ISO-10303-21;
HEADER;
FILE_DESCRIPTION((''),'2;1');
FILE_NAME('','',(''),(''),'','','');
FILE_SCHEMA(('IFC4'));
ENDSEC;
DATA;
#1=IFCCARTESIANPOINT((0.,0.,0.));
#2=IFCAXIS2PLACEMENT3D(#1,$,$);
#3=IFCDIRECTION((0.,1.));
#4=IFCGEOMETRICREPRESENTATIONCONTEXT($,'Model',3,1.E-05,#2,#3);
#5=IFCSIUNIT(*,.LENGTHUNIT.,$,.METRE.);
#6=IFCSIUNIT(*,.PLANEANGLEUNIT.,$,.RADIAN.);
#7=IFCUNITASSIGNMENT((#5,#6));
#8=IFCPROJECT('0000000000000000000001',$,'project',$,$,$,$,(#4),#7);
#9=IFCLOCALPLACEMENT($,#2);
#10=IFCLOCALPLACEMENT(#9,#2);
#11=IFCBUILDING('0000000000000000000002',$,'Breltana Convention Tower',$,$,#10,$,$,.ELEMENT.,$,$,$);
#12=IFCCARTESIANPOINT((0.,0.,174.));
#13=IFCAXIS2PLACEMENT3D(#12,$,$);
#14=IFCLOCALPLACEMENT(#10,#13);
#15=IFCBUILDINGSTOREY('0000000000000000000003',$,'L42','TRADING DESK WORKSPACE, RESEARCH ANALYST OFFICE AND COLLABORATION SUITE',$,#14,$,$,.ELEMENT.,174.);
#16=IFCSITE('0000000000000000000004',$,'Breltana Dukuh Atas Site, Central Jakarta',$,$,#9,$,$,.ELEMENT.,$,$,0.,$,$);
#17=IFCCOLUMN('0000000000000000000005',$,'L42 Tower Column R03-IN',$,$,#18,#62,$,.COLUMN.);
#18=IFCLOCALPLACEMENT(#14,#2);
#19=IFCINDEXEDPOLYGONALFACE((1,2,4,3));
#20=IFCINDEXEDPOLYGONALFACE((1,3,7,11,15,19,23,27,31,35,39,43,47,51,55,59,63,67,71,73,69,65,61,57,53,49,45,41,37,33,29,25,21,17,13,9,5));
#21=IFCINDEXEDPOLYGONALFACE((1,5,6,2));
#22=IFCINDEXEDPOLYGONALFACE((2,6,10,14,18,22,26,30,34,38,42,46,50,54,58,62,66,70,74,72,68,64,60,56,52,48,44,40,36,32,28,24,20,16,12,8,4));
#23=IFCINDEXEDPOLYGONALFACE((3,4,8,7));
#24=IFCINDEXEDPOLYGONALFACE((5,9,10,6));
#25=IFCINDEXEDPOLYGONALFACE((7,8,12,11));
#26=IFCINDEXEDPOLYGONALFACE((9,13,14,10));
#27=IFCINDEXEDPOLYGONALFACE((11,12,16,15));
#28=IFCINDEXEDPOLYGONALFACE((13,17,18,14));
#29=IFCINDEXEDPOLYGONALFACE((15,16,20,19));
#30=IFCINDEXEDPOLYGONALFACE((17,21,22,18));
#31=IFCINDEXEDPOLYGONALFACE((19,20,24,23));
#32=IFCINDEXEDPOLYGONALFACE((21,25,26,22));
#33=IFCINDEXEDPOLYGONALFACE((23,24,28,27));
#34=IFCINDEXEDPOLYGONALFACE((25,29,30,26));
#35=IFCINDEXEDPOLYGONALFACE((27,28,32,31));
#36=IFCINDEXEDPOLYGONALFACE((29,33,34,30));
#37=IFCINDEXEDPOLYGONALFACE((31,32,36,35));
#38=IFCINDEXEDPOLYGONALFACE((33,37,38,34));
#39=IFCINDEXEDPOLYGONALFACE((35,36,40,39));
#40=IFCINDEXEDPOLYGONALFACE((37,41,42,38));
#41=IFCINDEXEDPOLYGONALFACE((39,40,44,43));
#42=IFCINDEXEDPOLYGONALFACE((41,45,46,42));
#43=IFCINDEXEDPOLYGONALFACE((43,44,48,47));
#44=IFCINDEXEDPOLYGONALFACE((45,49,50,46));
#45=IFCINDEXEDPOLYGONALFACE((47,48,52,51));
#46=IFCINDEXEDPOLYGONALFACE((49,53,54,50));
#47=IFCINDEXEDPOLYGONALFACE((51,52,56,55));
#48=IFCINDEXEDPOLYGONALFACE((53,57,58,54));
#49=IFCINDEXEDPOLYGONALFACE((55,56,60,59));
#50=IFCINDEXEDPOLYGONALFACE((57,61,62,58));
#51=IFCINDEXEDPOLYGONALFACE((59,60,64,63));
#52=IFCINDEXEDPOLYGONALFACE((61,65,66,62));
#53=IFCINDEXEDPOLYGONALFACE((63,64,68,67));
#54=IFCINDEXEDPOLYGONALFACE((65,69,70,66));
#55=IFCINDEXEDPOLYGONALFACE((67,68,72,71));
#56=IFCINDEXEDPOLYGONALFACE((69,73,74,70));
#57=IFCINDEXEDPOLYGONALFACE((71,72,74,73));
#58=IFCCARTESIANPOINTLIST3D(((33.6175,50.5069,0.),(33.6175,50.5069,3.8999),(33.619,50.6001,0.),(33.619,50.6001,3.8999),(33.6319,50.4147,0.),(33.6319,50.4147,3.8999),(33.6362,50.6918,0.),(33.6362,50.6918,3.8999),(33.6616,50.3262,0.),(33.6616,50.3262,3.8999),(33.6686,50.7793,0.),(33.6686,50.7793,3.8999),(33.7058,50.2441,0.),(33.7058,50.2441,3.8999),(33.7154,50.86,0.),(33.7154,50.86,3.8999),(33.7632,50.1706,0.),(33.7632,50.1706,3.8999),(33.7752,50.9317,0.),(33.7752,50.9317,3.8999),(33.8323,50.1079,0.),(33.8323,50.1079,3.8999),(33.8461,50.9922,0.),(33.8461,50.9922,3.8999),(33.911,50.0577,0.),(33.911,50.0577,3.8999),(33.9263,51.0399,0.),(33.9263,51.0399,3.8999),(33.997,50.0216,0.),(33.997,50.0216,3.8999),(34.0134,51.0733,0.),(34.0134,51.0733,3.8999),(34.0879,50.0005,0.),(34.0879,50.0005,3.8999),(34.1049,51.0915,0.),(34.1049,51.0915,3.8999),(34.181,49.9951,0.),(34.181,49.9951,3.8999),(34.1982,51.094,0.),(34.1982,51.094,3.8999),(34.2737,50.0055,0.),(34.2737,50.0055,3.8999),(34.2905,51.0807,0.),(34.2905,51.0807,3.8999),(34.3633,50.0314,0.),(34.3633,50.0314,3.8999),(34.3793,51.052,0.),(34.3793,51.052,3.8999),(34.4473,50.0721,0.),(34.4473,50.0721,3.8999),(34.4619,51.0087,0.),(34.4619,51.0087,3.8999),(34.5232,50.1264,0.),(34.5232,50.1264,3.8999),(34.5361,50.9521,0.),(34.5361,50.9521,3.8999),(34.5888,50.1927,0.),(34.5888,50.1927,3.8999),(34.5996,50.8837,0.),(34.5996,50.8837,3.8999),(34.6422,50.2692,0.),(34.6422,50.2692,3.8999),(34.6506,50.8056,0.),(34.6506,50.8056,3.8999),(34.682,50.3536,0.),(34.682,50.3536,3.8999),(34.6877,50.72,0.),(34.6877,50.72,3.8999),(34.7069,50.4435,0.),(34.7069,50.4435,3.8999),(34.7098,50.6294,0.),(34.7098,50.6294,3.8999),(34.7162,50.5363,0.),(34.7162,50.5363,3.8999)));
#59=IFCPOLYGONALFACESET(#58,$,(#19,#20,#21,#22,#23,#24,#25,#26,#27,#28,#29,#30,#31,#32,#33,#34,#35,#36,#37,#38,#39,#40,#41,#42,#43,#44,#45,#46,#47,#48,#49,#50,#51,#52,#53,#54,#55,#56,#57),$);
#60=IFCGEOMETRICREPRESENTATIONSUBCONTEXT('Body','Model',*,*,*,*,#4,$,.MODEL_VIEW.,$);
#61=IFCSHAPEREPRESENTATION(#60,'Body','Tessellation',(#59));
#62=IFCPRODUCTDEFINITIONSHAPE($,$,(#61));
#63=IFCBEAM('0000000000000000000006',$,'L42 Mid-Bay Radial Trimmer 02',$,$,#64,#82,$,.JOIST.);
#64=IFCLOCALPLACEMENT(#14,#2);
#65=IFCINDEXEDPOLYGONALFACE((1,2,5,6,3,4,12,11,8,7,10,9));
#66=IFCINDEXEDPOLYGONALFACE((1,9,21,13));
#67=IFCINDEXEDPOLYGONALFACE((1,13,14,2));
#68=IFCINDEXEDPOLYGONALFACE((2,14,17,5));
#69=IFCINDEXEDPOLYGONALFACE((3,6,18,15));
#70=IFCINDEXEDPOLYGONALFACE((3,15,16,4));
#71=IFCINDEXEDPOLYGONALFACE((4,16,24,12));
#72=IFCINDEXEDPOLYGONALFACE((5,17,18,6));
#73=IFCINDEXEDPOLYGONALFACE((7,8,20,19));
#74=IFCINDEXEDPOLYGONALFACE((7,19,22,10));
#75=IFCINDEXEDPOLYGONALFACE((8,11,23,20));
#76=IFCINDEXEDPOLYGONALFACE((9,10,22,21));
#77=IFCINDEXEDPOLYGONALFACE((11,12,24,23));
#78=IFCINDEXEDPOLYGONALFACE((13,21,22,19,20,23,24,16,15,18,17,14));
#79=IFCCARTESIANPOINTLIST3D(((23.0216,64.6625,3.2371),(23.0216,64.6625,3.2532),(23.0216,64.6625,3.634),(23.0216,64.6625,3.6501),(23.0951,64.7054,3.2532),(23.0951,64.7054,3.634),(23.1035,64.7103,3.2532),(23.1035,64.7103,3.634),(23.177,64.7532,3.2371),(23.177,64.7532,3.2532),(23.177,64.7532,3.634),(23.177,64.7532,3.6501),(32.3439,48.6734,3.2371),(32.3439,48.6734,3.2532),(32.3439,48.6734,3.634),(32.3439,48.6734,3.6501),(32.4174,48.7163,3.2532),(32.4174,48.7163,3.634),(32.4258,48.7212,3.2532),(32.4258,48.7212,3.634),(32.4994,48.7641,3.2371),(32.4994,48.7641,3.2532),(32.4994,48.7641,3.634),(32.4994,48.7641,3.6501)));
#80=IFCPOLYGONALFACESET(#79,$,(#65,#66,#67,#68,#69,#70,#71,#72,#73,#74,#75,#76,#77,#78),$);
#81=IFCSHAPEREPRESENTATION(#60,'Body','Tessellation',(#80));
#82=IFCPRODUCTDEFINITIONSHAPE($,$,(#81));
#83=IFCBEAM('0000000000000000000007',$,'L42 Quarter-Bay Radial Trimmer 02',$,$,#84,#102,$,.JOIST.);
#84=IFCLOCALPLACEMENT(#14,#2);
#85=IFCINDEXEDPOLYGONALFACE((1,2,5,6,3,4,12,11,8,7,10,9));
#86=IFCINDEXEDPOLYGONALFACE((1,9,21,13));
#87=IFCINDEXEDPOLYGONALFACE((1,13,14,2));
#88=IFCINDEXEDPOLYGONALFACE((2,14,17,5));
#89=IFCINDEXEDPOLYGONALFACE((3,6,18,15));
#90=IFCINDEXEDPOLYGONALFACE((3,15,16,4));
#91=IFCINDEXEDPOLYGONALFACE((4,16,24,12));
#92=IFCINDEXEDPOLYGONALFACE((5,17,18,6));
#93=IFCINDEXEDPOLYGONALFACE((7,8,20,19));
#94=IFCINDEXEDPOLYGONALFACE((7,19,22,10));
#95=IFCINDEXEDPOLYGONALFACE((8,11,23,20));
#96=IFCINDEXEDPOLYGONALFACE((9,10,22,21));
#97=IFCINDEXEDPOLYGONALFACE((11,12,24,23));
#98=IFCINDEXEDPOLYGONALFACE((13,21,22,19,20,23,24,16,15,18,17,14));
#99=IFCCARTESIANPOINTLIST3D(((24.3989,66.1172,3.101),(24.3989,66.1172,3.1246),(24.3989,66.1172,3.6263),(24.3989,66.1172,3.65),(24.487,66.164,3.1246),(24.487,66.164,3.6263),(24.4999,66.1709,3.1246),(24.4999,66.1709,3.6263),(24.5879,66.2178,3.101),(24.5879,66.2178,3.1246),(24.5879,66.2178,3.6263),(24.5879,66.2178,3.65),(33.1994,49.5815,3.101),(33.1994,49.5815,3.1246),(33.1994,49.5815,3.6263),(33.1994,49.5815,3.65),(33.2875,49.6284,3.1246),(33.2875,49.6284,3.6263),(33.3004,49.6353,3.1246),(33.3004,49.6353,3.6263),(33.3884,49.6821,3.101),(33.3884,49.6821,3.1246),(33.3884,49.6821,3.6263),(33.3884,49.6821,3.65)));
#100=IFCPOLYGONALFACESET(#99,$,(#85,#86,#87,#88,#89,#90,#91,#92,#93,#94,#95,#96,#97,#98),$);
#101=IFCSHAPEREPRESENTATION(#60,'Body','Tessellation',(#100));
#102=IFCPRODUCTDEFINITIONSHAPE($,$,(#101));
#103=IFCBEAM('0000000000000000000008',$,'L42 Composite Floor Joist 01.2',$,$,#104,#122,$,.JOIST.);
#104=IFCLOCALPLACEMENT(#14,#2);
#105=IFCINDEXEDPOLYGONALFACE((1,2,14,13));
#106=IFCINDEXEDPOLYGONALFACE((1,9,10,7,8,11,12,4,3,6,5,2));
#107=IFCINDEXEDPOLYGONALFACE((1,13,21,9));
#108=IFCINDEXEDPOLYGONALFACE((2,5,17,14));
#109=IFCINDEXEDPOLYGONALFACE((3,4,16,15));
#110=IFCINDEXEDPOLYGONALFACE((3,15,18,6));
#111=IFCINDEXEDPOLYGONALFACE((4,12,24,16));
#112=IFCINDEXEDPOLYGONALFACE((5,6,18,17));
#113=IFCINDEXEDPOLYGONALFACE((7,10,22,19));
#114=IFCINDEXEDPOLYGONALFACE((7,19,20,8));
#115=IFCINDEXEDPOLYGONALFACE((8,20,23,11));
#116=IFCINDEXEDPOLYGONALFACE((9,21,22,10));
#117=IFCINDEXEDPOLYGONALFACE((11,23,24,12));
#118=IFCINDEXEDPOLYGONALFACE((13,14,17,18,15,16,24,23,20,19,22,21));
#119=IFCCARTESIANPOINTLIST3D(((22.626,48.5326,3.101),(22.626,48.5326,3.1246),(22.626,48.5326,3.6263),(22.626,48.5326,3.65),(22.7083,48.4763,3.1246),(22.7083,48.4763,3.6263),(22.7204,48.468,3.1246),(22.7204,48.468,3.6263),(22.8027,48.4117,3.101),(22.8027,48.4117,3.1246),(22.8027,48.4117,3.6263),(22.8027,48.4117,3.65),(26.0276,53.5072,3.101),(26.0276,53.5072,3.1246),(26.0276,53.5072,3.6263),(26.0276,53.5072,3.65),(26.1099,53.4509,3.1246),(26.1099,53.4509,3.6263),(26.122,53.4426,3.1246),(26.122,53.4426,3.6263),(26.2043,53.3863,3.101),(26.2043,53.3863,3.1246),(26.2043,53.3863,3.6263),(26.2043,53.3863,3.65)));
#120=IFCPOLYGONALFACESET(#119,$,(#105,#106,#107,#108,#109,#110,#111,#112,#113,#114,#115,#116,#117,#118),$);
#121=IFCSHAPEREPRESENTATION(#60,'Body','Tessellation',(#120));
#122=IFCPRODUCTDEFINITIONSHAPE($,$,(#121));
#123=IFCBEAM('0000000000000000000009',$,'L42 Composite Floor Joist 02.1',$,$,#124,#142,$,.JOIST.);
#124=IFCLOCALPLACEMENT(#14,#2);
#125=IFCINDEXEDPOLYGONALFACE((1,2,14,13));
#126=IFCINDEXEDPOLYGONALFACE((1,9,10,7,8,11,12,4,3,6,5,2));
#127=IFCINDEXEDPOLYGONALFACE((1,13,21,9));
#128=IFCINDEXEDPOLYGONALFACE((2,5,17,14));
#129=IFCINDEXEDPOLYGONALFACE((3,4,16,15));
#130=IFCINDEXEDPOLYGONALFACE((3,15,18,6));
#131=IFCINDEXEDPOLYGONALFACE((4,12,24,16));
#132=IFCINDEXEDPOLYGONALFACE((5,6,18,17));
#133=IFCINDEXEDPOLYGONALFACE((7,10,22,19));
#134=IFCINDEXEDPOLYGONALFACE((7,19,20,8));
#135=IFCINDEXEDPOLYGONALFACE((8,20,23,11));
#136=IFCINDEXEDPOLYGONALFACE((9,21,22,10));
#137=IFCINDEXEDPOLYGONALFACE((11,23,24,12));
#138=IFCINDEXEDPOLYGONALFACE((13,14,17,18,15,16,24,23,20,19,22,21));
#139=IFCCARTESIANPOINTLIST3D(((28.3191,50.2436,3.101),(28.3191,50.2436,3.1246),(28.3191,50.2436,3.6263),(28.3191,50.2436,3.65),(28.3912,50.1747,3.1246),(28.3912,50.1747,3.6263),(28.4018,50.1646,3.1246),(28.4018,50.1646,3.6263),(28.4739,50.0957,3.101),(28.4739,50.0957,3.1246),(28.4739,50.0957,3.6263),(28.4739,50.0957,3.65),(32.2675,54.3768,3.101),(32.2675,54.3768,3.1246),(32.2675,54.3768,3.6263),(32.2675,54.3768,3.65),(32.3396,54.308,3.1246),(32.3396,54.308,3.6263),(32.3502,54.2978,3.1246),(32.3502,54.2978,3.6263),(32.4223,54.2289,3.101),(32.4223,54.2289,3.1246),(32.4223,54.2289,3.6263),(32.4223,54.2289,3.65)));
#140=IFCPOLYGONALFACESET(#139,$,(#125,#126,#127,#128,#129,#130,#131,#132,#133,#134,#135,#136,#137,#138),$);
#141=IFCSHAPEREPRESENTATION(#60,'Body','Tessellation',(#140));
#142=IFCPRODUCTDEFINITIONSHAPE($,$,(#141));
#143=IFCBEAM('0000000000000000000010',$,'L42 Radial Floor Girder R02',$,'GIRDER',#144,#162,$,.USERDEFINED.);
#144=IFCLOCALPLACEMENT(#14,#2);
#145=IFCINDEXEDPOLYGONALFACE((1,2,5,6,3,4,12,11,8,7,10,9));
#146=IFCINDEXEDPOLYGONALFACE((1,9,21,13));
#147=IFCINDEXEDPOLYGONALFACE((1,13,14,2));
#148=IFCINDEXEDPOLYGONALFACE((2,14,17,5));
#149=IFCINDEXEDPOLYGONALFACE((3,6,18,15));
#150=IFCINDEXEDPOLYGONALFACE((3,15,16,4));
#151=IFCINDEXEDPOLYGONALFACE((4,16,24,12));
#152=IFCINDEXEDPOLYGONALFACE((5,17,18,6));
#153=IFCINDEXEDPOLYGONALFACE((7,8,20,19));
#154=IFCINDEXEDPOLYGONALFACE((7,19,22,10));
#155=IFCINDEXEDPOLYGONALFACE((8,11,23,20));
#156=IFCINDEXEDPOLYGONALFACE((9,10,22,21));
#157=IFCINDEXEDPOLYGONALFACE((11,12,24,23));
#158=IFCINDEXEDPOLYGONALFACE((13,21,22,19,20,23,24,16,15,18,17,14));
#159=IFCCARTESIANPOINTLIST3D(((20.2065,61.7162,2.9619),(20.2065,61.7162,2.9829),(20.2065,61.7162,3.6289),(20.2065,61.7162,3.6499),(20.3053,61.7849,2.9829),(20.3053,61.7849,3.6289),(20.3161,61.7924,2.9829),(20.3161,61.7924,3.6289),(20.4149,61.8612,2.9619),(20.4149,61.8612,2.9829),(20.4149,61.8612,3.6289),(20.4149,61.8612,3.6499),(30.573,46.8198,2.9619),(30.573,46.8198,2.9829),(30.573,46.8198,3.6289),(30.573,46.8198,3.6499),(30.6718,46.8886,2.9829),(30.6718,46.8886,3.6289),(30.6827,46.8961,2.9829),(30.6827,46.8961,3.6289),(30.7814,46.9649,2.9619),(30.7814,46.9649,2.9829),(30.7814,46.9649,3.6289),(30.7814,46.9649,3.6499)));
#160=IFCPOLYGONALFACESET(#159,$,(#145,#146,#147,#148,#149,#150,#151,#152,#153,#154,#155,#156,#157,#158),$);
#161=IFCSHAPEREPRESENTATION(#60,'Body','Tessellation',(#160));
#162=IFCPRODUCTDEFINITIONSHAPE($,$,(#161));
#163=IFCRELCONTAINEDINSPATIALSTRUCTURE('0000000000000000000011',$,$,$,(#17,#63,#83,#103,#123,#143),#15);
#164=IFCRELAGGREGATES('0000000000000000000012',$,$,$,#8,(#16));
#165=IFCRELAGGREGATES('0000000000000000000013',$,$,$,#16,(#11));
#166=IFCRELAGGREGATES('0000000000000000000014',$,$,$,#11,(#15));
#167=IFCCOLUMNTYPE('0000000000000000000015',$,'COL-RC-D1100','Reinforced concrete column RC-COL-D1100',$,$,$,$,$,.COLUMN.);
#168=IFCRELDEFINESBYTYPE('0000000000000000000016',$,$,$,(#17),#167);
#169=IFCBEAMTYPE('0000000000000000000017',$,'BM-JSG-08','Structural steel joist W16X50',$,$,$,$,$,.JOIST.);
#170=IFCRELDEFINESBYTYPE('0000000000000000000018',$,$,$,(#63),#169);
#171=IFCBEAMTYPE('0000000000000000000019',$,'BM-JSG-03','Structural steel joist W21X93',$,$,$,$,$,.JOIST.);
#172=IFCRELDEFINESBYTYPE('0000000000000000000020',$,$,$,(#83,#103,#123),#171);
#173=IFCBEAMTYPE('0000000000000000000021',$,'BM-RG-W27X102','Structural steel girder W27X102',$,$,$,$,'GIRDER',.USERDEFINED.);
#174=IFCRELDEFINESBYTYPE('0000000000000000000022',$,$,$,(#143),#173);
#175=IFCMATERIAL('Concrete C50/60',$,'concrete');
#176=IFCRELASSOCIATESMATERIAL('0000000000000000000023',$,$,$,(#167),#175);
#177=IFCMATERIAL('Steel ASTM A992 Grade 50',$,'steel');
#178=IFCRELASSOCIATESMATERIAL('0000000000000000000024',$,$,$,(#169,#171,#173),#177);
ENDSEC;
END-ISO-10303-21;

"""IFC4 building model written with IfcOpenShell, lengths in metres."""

from ifc_helpers import new_model, si_unit, direction, frame, origin, origin_2d, place, context, subcontext, project, spatial, circle, i_section, extrude, source, transform, mapped, material, material_profile, profile_set, type_object, element, save


model = new_model("IFC4")

# Units and contexts
model_context = context("Model", 3, precision=1e-05, world=origin(), true_north=direction((0.0, 1.0)))
body_context = subcontext(model_context, "Body", "Model", "MODEL_VIEW")
ifc_project = project(units=[si_unit("LENGTHUNIT", "METRE"), si_unit("PLANEANGLEUNIT", "RADIAN")], contexts=[model_context])

# Site, building, storey
site_placement = place(None, origin())
site = spatial("IfcSite", under=ifc_project, at=site_placement, Name="Breltana Dukuh Atas Site, Central Jakarta", CompositionType="ELEMENT", RefElevation=0.0)
building_placement = place(site_placement, origin())
building = spatial("IfcBuilding", under=site, at=building_placement, Name="Breltana Convention Tower", CompositionType="ELEMENT")
storey_placement = place(building_placement, frame((0.0, 0.0, 174.0)))
storey = spatial("IfcBuildingStorey", under=building, at=storey_placement, Name="L42", Description="TRADING DESK WORKSPACE, RESEARCH ANALYST OFFICE AND COLLABORATION SUITE", CompositionType="ELEMENT", Elevation=174.0)

# Column
ifc_material_1 = material(Name="Concrete C50/60", Category="concrete")
ifc_material_profile_1 = material_profile(ifc_material_1, circle(Radius=0.55, at=origin_2d()), Name="RC-COL-D1100")
ifc_profile_set_1 = profile_set([ifc_material_profile_1], Name="Concrete C50/60")
column_type = type_object("IfcColumnType", Name="COL-RC-D1100", Description="Reinforced concrete column RC-COL-D1100", PredefinedType="COLUMN", material=ifc_profile_set_1)
shared_shape_1 = source(origin(), body_context, "Body", "SweptSolid", [
    extrude(circle(Radius=0.55, at=origin_2d()), origin(), (0.0, 0.0, 1.0), 3.8999),
])
for number, where, z_axis, x_axis, name in (
    (1, (34.1663, 50.5449, 0.0), (0.0, 0.0, 1.0), (-0.436174, 0.899863, 0.0), "L42 Tower Column R03-IN"),
):
    element("IfcColumn", number, at=place(storey_placement, frame(where, z_axis=z_axis, x_axis=x_axis)), inside=storey, type_object=column_type, Name=name, PredefinedType="COLUMN", context=body_context, shape_type="MappedRepresentation", body=[
        mapped(shared_shape_1, transform((0.0, 0.0, 0.0), scale=1.0)),
    ])

# Beams
ifc_material_2 = material(Name="Steel ASTM A992 Grade 50", Category="steel")
ifc_material_profile_2 = material_profile(ifc_material_2, i_section(OverallWidth=0.1799, OverallDepth=0.4131, WebThickness=0.0098, FlangeThickness=0.0161, at=origin_2d()), Name="W16X50")
ifc_profile_set_2 = profile_set([ifc_material_profile_2], Name="Steel ASTM A992 Grade 50")
beam_type_1 = type_object("IfcBeamType", Name="BM-JSG-08", Description="Structural steel joist W16X50", PredefinedType="JOIST", material=ifc_profile_set_2)
shared_shape_2 = source(origin(), body_context, "Body", "SweptSolid", [
    extrude(i_section(OverallWidth=0.1799, OverallDepth=0.4131, WebThickness=0.0098, FlangeThickness=0.0161, at=origin_2d()), origin(), (0.0, 0.0, 1.0), 18.5083),
])
beam_1_placement = place(storey_placement, frame((32.4216, 48.7188, 3.4436), z_axis=(-0.503683, 0.863888, 0.0), x_axis=(-0.863888, -0.503683, 0.0)))
element("IfcBeam", 2, at=beam_1_placement, inside=storey, type_object=beam_type_1, Name="L42 Mid-Bay Radial Trimmer 02", PredefinedType="JOIST", context=body_context, shape_type="MappedRepresentation", body=[
    mapped(shared_shape_2, transform((0.0, 0.0, 0.0), scale=1.0)),
])
ifc_material_profile_3 = material_profile(ifc_material_2, i_section(OverallWidth=0.2141, OverallDepth=0.5491, WebThickness=0.0146, FlangeThickness=0.0237, at=origin_2d()), Name="W21X93")
ifc_profile_set_3 = profile_set([ifc_material_profile_3], Name="Steel ASTM A992 Grade 50")
beam_type_2 = type_object("IfcBeamType", Name="BM-JSG-03", Description="Structural steel joist W21X93", PredefinedType="JOIST", material=ifc_profile_set_3)
shared_shape_3 = source(origin(), body_context, "Body", "SweptSolid", [
    extrude(i_section(OverallWidth=0.2141, OverallDepth=0.5491, WebThickness=0.0146, FlangeThickness=0.0237, at=origin_2d()), origin(), (0.0, 0.0, 1.0), 18.7317),
])
beam_2_placement = place(storey_placement, frame((33.2939, 49.6318, 3.3755), z_axis=(-0.46982, 0.882762, 0.0), x_axis=(-0.882762, -0.46982, 0.0)))
element("IfcBeam", 3, at=beam_2_placement, inside=storey, type_object=beam_type_2, Name="L42 Quarter-Bay Radial Trimmer 02", PredefinedType="JOIST", context=body_context, shape_type="MappedRepresentation", body=[
    mapped(shared_shape_3, transform((0.0, 0.0, 0.0), scale=1.0)),
])
shared_shape_4 = source(origin(), body_context, "Body", "SweptSolid", [
    extrude(i_section(OverallWidth=0.2141, OverallDepth=0.5491, WebThickness=0.0146, FlangeThickness=0.0237, at=origin_2d()), origin(), (0.0, 0.0, 1.0), 6.0264),
])
beam_3_placement = place(storey_placement, frame((22.7144, 48.4722, 3.3755), z_axis=(0.56445, 0.825467, 0.0), x_axis=(-0.825467, 0.56445, 0.0)))
element("IfcBeam", 4, at=beam_3_placement, inside=storey, type_object=beam_type_2, Name="L42 Composite Floor Joist 01.2", PredefinedType="JOIST", context=body_context, shape_type="MappedRepresentation", body=[
    mapped(shared_shape_4, transform((0.0, 0.0, 0.0), scale=1.0)),
])
shared_shape_5 = source(origin(), body_context, "Body", "SweptSolid", [
    extrude(i_section(OverallWidth=0.2141, OverallDepth=0.5491, WebThickness=0.0146, FlangeThickness=0.0237, at=origin_2d()), origin(), (0.0, 0.0, 1.0), 5.7161),
])
beam_4_placement = place(storey_placement, frame((28.3965, 50.1697, 3.3755), z_axis=(0.690756, 0.723088, 0.0), x_axis=(-0.723088, 0.690756, 0.0)))
element("IfcBeam", 5, at=beam_4_placement, inside=storey, type_object=beam_type_2, Name="L42 Composite Floor Joist 02.1", PredefinedType="JOIST", context=body_context, shape_type="MappedRepresentation", body=[
    mapped(shared_shape_5, transform((0.0, 0.0, 0.0), scale=1.0)),
])
ifc_material_profile_4 = material_profile(ifc_material_2, i_section(OverallWidth=0.2539, OverallDepth=0.688, WebThickness=0.0132, FlangeThickness=0.021, at=origin_2d()), Name="W27X102")
ifc_profile_set_4 = profile_set([ifc_material_profile_4], Name="Steel ASTM A992 Grade 50")
beam_type_3 = type_object("IfcBeamType", Name="BM-RG-W27X102", Description="Structural steel girder W27X102", ElementType="GIRDER", PredefinedType="USERDEFINED", material=ifc_profile_set_4)
shared_shape_6 = source(origin(), body_context, "Body", "SweptSolid", [
    extrude(i_section(OverallWidth=0.2539, OverallDepth=0.688, WebThickness=0.0132, FlangeThickness=0.021, at=origin_2d()), origin(), (0.0, 0.0, 1.0), 18.1484),
])
beam_5_placement = place(storey_placement, frame((30.6772, 46.8923, 3.3059), z_axis=(-0.571208, 0.820806, 0.0), x_axis=(-0.820806, -0.571208, 0.0)))
element("IfcBeam", 6, at=beam_5_placement, inside=storey, type_object=beam_type_3, Name="L42 Radial Floor Girder R02", ObjectType="GIRDER", PredefinedType="USERDEFINED", context=body_context, shape_type="MappedRepresentation", body=[
    mapped(shared_shape_6, transform((0.0, 0.0, 0.0), scale=1.0)),
])

save(model, "model.ifc")
